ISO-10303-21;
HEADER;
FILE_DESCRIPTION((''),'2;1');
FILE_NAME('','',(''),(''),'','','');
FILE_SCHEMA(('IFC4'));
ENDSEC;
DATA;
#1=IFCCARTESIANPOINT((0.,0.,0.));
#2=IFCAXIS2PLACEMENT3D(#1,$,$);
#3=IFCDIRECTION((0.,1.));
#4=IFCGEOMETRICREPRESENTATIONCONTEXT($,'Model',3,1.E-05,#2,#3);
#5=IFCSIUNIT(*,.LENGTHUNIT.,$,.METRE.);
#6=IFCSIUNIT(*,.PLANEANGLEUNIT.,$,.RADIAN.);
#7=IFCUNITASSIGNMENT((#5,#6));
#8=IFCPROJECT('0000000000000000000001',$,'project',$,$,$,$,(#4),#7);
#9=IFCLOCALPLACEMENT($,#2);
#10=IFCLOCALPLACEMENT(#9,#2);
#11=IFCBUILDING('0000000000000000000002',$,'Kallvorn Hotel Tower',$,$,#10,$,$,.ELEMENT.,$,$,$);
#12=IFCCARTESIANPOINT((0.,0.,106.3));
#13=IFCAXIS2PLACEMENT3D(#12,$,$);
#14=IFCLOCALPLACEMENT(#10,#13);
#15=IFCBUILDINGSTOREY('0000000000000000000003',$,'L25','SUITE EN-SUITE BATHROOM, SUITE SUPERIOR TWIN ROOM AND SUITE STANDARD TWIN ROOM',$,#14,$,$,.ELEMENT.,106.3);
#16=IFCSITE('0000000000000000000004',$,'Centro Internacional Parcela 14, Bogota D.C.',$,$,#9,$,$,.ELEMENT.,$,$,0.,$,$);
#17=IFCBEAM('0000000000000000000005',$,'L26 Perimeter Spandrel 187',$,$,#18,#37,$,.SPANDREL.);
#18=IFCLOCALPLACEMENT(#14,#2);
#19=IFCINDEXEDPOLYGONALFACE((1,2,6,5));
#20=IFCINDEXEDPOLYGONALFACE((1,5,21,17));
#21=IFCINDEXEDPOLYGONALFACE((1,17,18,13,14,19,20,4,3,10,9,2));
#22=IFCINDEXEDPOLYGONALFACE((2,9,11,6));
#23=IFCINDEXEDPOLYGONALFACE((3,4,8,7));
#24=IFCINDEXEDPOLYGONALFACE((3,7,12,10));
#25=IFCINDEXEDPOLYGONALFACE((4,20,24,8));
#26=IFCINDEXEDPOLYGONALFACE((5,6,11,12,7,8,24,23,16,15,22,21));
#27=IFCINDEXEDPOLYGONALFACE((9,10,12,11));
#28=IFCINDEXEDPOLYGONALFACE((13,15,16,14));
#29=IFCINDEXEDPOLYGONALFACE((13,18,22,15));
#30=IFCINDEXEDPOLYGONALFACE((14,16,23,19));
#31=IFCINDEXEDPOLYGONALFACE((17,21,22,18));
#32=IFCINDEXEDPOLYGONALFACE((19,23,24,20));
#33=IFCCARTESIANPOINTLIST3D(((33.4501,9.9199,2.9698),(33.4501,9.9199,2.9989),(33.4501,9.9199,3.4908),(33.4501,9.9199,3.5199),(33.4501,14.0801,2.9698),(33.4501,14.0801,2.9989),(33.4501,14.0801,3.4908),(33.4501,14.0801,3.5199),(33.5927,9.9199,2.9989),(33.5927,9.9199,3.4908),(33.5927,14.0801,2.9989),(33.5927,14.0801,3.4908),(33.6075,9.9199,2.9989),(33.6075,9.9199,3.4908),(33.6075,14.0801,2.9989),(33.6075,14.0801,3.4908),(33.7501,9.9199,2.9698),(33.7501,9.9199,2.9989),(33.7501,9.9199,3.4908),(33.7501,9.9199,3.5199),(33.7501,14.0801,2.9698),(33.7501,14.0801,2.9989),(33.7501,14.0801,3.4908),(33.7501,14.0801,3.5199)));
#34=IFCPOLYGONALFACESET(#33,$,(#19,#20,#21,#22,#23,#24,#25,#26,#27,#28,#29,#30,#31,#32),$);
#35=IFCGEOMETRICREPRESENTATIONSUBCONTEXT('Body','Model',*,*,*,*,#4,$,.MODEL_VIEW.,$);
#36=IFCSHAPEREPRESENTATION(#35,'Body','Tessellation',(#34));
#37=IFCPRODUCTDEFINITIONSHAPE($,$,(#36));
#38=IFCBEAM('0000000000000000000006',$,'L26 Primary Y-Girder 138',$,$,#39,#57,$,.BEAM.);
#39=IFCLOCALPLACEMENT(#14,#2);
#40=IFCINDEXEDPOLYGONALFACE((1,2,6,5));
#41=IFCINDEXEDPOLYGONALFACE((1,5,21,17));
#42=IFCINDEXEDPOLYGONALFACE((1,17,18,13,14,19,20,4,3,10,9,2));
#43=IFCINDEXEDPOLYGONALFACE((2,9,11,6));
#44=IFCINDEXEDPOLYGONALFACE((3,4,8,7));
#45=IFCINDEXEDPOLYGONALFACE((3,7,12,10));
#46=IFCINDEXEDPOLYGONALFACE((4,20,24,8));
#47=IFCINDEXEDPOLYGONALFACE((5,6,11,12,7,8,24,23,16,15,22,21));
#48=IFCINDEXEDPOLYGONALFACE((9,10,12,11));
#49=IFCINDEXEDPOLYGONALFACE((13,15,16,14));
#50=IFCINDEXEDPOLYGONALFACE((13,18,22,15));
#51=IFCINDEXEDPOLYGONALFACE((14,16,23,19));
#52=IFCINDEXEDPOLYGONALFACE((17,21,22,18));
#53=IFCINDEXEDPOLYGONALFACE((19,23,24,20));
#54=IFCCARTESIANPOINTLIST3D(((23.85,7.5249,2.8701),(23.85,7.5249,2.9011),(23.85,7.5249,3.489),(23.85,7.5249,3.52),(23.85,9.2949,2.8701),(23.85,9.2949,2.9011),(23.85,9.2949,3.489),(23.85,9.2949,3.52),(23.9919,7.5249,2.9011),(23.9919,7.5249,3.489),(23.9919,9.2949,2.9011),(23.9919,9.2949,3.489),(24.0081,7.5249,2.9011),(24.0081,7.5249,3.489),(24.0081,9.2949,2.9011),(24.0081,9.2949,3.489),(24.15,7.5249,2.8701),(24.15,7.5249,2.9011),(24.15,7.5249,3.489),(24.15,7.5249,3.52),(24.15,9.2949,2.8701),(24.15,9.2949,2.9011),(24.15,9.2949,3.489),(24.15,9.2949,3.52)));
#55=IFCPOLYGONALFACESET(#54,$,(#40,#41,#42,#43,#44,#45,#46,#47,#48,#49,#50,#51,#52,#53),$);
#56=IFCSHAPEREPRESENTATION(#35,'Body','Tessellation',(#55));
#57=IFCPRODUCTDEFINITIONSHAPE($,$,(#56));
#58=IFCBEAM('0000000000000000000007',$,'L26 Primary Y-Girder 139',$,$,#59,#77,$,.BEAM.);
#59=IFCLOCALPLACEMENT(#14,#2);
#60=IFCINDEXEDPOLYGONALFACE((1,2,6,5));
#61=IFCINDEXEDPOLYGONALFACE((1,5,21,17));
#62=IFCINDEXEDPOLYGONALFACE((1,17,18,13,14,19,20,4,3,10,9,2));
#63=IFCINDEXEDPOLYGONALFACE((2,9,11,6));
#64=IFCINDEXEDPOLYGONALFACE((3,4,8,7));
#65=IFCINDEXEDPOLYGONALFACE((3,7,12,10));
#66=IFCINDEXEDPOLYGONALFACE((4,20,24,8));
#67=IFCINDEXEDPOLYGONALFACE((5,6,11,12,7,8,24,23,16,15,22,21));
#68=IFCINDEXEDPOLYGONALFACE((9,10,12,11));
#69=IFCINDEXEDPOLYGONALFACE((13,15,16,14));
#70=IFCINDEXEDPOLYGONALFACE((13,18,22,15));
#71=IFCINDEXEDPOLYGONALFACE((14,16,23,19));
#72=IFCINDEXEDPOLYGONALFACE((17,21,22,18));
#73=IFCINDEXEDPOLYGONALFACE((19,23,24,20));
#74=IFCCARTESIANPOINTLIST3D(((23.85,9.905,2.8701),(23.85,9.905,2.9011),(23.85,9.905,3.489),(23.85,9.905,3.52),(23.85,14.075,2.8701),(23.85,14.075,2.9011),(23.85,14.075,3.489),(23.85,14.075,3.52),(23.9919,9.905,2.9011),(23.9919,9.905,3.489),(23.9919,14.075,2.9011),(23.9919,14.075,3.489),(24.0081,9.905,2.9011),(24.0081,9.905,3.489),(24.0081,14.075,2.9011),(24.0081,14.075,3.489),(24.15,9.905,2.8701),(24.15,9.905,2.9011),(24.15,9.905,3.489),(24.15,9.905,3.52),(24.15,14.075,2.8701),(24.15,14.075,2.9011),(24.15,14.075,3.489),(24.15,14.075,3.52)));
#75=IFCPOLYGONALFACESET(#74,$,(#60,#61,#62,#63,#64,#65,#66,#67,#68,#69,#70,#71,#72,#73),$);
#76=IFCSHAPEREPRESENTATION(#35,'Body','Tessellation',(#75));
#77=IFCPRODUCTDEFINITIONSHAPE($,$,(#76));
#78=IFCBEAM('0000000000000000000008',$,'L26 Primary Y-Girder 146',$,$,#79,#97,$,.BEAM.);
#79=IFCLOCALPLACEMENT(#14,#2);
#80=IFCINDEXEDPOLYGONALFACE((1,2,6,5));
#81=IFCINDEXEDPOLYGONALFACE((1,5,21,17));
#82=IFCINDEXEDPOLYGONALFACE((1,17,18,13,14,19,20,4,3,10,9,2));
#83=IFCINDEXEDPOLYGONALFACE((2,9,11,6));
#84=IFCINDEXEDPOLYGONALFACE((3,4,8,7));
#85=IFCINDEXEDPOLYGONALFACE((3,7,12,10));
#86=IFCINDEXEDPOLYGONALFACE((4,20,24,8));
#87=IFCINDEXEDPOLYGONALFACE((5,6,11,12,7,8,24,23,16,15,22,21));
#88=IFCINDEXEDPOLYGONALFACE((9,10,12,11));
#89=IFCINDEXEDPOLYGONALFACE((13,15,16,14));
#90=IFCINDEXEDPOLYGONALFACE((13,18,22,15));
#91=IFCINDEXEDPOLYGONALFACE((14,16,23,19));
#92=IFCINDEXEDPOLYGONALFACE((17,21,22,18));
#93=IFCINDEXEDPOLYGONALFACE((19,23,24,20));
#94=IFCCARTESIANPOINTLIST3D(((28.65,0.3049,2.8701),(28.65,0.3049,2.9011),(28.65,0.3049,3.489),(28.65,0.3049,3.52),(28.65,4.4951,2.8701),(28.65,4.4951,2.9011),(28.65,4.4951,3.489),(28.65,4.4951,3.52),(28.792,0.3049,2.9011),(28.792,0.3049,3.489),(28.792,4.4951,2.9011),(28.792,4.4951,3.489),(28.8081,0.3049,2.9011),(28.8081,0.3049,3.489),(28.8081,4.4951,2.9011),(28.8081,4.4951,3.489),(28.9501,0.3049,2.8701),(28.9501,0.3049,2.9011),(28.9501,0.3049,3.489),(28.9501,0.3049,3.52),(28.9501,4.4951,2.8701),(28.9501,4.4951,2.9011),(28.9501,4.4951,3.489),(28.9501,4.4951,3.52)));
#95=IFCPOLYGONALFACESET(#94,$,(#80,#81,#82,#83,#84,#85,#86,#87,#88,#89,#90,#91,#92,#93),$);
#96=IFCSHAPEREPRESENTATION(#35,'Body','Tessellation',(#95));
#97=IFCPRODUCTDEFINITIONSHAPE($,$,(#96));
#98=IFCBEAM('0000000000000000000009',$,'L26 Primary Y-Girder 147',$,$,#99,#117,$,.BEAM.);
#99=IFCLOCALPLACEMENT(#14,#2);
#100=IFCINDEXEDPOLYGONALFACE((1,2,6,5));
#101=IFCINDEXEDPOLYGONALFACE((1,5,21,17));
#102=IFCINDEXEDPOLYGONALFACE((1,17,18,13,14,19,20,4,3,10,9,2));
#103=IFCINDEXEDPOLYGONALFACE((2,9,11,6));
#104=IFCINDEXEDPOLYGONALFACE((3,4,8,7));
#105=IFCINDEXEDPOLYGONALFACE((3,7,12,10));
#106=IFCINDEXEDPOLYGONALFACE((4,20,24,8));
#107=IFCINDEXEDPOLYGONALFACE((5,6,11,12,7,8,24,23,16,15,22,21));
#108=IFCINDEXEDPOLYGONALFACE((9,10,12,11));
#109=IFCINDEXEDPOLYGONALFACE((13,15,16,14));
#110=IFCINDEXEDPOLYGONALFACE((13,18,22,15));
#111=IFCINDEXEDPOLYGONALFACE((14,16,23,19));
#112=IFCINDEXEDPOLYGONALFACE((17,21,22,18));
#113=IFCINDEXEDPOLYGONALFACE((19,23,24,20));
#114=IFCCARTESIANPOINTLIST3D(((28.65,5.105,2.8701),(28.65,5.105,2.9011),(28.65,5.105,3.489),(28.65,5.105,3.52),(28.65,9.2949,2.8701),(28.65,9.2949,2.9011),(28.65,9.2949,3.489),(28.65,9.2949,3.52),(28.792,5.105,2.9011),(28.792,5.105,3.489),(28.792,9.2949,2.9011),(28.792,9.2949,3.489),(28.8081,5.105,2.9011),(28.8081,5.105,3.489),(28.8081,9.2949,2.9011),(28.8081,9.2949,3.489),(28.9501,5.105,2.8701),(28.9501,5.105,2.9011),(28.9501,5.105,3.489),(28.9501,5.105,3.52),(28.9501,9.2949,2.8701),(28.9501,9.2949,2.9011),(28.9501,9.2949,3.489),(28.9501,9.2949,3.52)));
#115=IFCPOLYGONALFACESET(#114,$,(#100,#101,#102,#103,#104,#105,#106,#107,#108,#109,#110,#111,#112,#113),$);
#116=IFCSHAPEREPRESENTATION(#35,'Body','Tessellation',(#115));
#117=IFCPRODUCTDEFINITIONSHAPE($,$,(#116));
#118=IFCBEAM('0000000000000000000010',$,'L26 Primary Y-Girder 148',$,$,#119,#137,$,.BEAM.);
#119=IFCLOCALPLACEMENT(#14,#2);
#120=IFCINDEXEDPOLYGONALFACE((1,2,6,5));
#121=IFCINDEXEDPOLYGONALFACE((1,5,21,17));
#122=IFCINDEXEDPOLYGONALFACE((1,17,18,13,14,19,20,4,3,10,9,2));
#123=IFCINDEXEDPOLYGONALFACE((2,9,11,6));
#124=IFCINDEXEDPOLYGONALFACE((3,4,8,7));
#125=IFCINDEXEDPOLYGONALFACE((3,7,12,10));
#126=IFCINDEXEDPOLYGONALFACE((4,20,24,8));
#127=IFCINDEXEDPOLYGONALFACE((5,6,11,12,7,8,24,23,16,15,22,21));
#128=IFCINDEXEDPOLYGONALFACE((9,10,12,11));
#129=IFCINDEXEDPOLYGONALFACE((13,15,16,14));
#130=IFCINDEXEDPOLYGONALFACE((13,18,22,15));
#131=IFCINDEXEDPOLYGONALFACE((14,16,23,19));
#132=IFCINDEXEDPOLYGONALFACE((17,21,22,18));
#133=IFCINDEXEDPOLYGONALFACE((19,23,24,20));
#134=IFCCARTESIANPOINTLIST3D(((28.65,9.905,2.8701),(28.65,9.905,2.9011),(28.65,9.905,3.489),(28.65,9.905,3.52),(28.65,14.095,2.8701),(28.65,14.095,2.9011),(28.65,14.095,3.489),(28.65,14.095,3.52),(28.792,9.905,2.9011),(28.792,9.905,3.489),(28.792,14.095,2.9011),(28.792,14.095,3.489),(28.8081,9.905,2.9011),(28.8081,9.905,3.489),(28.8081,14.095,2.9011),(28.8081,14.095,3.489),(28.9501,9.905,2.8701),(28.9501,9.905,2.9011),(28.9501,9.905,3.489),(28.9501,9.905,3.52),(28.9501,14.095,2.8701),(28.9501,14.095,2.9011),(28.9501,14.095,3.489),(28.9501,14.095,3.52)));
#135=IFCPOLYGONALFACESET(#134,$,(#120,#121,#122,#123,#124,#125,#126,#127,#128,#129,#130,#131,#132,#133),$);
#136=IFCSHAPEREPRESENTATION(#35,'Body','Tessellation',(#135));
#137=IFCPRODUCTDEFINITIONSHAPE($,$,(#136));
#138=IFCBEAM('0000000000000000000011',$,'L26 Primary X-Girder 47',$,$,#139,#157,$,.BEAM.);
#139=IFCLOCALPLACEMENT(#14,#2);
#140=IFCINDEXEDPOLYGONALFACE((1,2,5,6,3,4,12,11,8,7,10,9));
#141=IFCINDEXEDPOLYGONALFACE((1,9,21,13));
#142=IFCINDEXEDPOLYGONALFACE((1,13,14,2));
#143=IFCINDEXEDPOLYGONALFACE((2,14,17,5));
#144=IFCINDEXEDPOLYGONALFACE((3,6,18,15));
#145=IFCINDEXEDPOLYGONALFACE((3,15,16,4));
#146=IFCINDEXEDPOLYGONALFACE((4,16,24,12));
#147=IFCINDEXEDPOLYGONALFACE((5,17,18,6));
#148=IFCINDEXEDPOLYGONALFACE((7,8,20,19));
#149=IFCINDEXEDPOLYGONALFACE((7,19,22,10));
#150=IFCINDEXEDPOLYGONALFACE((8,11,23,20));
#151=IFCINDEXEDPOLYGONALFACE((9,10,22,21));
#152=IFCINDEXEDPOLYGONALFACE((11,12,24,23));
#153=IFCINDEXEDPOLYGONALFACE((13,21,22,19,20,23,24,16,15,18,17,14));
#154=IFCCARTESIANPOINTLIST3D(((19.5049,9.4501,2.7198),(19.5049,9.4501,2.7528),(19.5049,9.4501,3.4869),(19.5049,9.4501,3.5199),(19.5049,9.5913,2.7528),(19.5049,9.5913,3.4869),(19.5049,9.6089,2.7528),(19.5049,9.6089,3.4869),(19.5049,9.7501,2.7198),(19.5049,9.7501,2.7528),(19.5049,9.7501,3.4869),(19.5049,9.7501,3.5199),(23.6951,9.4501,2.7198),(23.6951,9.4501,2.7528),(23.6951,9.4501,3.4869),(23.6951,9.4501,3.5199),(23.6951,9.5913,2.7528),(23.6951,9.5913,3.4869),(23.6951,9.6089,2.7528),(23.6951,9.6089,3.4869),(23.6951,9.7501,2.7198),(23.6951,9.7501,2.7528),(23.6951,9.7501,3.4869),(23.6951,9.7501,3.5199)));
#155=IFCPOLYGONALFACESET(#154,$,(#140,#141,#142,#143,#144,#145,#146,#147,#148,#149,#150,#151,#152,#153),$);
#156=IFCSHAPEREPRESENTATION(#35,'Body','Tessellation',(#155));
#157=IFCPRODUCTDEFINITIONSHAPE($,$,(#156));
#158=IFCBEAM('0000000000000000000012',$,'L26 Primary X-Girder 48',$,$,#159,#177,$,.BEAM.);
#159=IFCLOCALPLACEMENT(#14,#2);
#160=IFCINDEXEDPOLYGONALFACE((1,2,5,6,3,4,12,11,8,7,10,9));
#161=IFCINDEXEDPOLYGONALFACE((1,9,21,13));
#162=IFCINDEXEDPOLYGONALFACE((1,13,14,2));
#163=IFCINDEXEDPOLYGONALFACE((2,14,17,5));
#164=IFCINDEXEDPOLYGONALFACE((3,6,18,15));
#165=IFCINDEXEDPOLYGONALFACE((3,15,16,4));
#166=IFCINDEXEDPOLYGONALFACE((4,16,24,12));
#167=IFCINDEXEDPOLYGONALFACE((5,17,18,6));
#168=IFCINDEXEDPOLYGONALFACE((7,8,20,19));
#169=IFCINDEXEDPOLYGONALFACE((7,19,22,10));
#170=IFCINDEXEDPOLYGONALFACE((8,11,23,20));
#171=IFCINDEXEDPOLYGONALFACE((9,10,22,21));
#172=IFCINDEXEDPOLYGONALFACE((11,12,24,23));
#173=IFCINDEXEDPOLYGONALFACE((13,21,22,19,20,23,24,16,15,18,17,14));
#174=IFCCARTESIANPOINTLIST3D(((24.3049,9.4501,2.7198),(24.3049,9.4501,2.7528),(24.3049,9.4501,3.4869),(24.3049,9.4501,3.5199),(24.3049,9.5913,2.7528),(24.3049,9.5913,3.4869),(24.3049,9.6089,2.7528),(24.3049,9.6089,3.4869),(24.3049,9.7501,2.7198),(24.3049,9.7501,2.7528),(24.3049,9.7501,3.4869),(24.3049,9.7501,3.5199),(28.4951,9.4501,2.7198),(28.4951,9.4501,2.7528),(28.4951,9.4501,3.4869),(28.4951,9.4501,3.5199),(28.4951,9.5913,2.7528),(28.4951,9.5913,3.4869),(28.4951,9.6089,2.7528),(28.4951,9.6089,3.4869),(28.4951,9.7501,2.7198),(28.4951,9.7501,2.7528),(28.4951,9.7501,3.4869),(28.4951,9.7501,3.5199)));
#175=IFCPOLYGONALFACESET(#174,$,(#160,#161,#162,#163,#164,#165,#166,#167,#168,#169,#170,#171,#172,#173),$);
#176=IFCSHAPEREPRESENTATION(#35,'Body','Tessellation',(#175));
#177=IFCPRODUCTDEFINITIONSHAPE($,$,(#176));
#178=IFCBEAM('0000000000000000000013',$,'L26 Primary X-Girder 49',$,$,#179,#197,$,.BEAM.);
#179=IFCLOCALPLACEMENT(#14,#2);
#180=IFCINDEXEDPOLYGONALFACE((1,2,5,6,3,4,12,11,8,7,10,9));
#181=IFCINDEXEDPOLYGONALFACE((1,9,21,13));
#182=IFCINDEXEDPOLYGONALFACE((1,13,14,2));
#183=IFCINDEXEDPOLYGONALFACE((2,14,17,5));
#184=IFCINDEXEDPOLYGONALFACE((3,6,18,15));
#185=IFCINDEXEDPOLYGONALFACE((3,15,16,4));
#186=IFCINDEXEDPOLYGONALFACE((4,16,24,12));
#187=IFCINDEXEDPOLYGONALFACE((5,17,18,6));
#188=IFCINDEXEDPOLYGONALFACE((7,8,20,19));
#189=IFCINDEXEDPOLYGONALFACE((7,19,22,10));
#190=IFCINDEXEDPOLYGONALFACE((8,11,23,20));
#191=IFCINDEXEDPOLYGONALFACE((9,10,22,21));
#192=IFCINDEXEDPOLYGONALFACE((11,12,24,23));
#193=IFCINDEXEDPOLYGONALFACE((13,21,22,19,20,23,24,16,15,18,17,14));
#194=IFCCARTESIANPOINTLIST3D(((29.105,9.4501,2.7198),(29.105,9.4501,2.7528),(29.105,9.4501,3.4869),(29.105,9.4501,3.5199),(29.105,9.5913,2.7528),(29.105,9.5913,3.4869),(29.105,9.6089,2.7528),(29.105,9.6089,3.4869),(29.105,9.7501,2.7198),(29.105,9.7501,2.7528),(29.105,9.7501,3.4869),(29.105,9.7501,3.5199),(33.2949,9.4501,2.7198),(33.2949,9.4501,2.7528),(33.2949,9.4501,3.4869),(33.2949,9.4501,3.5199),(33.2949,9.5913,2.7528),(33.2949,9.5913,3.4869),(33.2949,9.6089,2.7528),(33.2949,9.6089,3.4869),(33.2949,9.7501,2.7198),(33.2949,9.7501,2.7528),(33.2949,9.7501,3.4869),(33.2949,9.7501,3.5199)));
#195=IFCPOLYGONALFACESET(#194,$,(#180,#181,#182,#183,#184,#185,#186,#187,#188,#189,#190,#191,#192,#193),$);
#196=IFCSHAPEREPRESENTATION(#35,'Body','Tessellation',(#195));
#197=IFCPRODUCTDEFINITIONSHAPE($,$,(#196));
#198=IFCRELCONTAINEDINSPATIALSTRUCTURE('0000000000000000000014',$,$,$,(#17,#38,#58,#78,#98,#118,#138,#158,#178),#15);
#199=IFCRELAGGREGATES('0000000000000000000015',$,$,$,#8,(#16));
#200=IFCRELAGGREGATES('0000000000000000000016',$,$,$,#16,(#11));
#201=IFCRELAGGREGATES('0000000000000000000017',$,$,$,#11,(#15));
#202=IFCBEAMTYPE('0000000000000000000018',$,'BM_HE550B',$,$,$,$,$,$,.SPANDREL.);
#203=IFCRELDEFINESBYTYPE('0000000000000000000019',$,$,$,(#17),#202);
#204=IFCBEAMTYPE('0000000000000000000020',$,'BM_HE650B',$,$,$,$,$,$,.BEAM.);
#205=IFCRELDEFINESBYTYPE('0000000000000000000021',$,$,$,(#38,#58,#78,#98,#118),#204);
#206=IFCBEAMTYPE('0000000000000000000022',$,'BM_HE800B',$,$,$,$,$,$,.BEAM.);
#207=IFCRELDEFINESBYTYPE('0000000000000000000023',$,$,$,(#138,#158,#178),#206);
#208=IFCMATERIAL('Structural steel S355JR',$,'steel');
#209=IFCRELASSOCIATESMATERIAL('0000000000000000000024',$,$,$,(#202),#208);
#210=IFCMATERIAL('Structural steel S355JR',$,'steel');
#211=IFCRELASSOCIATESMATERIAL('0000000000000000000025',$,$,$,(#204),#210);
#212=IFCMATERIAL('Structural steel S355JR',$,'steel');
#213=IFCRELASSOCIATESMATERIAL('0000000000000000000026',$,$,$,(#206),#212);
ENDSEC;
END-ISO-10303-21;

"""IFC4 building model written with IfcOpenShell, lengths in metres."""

from ifc_helpers import new_model, si_unit, direction, frame, origin, origin_2d, place, context, subcontext, project, spatial, i_section, extrude, material, material_profile, profile_set, type_object, element, save


model = new_model("IFC4")

# Units and contexts
model_context = context("Model", 3, precision=1e-05, world=origin(), true_north=direction((0.0, 1.0)))
body_context = subcontext(model_context, "Body", "Model", "MODEL_VIEW")
ifc_project = project(units=[si_unit("LENGTHUNIT", "METRE"), si_unit("PLANEANGLEUNIT", "RADIAN")], contexts=[model_context])

# Site, building, storey
site_placement = place(None, origin())
site = spatial("IfcSite", under=ifc_project, at=site_placement, Name="Centro Internacional Parcela 14, Bogota D.C.", CompositionType="ELEMENT", RefElevation=0.0)
building_placement = place(site_placement, origin())
building = spatial("IfcBuilding", under=site, at=building_placement, Name="Kallvorn Hotel Tower", CompositionType="ELEMENT")
storey_placement = place(building_placement, frame((0.0, 0.0, 106.3)))
storey = spatial("IfcBuildingStorey", under=building, at=storey_placement, Name="L25", Description="SUITE EN-SUITE BATHROOM, SUITE SUPERIOR TWIN ROOM AND SUITE STANDARD TWIN ROOM", CompositionType="ELEMENT", Elevation=106.3)

# Beams
ifc_material_1 = material(Name="Structural steel S355JR", Category="steel")
ifc_material_profile_1 = material_profile(ifc_material_1, i_section(OverallWidth=0.3, OverallDepth=0.55, WebThickness=0.0149, FlangeThickness=0.0291, at=origin_2d()), Name="HE 550 B")
ifc_profile_set_1 = profile_set([ifc_material_profile_1], Name="Structural steel S355JR")
beam_type_1 = type_object("IfcBeamType", Name="BM_HE550B", PredefinedType="SPANDREL", material=ifc_profile_set_1)
beam_1_placement = place(storey_placement, frame((33.6001, 9.9199, 3.2449), z_axis=(0.0, 1.0, 0.0), x_axis=(-1.0, 0.0, 0.0)))
element("IfcBeam", 1, at=beam_1_placement, inside=storey, type_object=beam_type_1, Name="L26 Perimeter Spandrel 187", PredefinedType="SPANDREL", context=body_context, shape_type="SweptSolid", body=[
    extrude(i_section(OverallWidth=0.3, OverallDepth=0.55, WebThickness=0.0149, FlangeThickness=0.0291, at=origin_2d()), origin(), (0.0, 0.0, 1.0), 4.1602),
])
ifc_material_2 = material(Name="Structural steel S355JR", Category="steel")
ifc_material_profile_2 = material_profile(ifc_material_2, i_section(OverallWidth=0.3, OverallDepth=0.6499, WebThickness=0.0161, FlangeThickness=0.031, at=origin_2d()), Name="HE 650 B")
ifc_profile_set_2 = profile_set([ifc_material_profile_2], Name="Structural steel S355JR")
beam_type_2 = type_object("IfcBeamType", Name="BM_HE650B", PredefinedType="BEAM", material=ifc_profile_set_2)
beam_2_placement = place(storey_placement, frame((24.0, 7.5249, 3.1951), z_axis=(0.0, 1.0, 0.0), x_axis=(-1.0, 0.0, 0.0)))
element("IfcBeam", 2, at=beam_2_placement, inside=storey, type_object=beam_type_2, Name="L26 Primary Y-Girder 138", PredefinedType="BEAM", context=body_context, shape_type="SweptSolid", body=[
    extrude(i_section(OverallWidth=0.3, OverallDepth=0.6499, WebThickness=0.0161, FlangeThickness=0.031, at=origin_2d()), origin(), (0.0, 0.0, 1.0), 1.77),
])
beam_3_placement = place(storey_placement, frame((24.0, 9.905, 3.1951), z_axis=(0.0, 1.0, 0.0), x_axis=(-1.0, 0.0, 0.0)))
element("IfcBeam", 3, at=beam_3_placement, inside=storey, type_object=beam_type_2, Name="L26 Primary Y-Girder 139", PredefinedType="BEAM", context=body_context, shape_type="SweptSolid", body=[
    extrude(i_section(OverallWidth=0.3, OverallDepth=0.6499, WebThickness=0.0161, FlangeThickness=0.031, at=origin_2d()), origin(), (0.0, 0.0, 1.0), 4.1699),
])
beam_4_placement = place(storey_placement, frame((28.8, 0.3049, 3.1951), z_axis=(0.0, 1.0, 0.0), x_axis=(-1.0, 0.0, 0.0)))
element("IfcBeam", 4, at=beam_4_placement, inside=storey, type_object=beam_type_2, Name="L26 Primary Y-Girder 146", PredefinedType="BEAM", context=body_context, shape_type="SweptSolid", body=[
    extrude(i_section(OverallWidth=0.3, OverallDepth=0.6499, WebThickness=0.0161, FlangeThickness=0.031, at=origin_2d()), origin(), (0.0, 0.0, 1.0), 4.1902),
])
for number, where, z_axis, x_axis, name in (
    (5, (28.8, 5.105, 3.1951), (0.0, 1.0, 0.0), (-1.0, 0.0, 0.0), "L26 Primary Y-Girder 147"),
    (6, (28.8, 9.905, 3.1951), (0.0, 1.0, 0.0), (-1.0, 0.0, 0.0), "L26 Primary Y-Girder 148"),
):
    element("IfcBeam", number, at=place(storey_placement, frame(where, z_axis=z_axis, x_axis=x_axis)), inside=storey, type_object=beam_type_2, Name=name, PredefinedType="BEAM", context=body_context, shape_type="SweptSolid", body=[
        extrude(i_section(OverallWidth=0.3, OverallDepth=0.6499, WebThickness=0.0161, FlangeThickness=0.031, at=origin_2d()), origin(), (0.0, 0.0, 1.0), 4.1899),
    ])
ifc_material_3 = material(Name="Structural steel S355JR", Category="steel")
ifc_material_profile_3 = material_profile(ifc_material_3, i_section(OverallWidth=0.3, OverallDepth=0.8, WebThickness=0.0176, FlangeThickness=0.033, at=origin_2d()), Name="HE 800 B")
ifc_profile_set_3 = profile_set([ifc_material_profile_3], Name="Structural steel S355JR")
beam_type_3 = type_object("IfcBeamType", Name="BM_HE800B", PredefinedType="BEAM", material=ifc_profile_set_3)
for number, where, z_axis, x_axis, name in (
    (7, (19.5049, 9.6001, 3.1199), (1.0, 0.0, 0.0), (0.0, 1.0, 0.0), "L26 Primary X-Girder 47"),
    (8, (24.3049, 9.6001, 3.1199), (1.0, 0.0, 0.0), (0.0, 1.0, 0.0), "L26 Primary X-Girder 48"),
):
    element("IfcBeam", number, at=place(storey_placement, frame(where, z_axis=z_axis, x_axis=x_axis)), inside=storey, type_object=beam_type_3, Name=name, PredefinedType="BEAM", context=body_context, shape_type="SweptSolid", body=[
        extrude(i_section(OverallWidth=0.3, OverallDepth=0.8, WebThickness=0.0176, FlangeThickness=0.033, at=origin_2d()), origin(), (0.0, 0.0, 1.0), 4.1902),
    ])
beam_5_placement = place(storey_placement, frame((29.105, 9.6001, 3.1199), z_axis=(1.0, 0.0, 0.0), x_axis=(0.0, 1.0, 0.0)))
element("IfcBeam", 9, at=beam_5_placement, inside=storey, type_object=beam_type_3, Name="L26 Primary X-Girder 49", PredefinedType="BEAM", context=body_context, shape_type="SweptSolid", body=[
    extrude(i_section(OverallWidth=0.3, OverallDepth=0.8, WebThickness=0.0176, FlangeThickness=0.033, at=origin_2d()), origin(), (0.0, 0.0, 1.0), 4.1899),
])

save(model, "model.ifc")
